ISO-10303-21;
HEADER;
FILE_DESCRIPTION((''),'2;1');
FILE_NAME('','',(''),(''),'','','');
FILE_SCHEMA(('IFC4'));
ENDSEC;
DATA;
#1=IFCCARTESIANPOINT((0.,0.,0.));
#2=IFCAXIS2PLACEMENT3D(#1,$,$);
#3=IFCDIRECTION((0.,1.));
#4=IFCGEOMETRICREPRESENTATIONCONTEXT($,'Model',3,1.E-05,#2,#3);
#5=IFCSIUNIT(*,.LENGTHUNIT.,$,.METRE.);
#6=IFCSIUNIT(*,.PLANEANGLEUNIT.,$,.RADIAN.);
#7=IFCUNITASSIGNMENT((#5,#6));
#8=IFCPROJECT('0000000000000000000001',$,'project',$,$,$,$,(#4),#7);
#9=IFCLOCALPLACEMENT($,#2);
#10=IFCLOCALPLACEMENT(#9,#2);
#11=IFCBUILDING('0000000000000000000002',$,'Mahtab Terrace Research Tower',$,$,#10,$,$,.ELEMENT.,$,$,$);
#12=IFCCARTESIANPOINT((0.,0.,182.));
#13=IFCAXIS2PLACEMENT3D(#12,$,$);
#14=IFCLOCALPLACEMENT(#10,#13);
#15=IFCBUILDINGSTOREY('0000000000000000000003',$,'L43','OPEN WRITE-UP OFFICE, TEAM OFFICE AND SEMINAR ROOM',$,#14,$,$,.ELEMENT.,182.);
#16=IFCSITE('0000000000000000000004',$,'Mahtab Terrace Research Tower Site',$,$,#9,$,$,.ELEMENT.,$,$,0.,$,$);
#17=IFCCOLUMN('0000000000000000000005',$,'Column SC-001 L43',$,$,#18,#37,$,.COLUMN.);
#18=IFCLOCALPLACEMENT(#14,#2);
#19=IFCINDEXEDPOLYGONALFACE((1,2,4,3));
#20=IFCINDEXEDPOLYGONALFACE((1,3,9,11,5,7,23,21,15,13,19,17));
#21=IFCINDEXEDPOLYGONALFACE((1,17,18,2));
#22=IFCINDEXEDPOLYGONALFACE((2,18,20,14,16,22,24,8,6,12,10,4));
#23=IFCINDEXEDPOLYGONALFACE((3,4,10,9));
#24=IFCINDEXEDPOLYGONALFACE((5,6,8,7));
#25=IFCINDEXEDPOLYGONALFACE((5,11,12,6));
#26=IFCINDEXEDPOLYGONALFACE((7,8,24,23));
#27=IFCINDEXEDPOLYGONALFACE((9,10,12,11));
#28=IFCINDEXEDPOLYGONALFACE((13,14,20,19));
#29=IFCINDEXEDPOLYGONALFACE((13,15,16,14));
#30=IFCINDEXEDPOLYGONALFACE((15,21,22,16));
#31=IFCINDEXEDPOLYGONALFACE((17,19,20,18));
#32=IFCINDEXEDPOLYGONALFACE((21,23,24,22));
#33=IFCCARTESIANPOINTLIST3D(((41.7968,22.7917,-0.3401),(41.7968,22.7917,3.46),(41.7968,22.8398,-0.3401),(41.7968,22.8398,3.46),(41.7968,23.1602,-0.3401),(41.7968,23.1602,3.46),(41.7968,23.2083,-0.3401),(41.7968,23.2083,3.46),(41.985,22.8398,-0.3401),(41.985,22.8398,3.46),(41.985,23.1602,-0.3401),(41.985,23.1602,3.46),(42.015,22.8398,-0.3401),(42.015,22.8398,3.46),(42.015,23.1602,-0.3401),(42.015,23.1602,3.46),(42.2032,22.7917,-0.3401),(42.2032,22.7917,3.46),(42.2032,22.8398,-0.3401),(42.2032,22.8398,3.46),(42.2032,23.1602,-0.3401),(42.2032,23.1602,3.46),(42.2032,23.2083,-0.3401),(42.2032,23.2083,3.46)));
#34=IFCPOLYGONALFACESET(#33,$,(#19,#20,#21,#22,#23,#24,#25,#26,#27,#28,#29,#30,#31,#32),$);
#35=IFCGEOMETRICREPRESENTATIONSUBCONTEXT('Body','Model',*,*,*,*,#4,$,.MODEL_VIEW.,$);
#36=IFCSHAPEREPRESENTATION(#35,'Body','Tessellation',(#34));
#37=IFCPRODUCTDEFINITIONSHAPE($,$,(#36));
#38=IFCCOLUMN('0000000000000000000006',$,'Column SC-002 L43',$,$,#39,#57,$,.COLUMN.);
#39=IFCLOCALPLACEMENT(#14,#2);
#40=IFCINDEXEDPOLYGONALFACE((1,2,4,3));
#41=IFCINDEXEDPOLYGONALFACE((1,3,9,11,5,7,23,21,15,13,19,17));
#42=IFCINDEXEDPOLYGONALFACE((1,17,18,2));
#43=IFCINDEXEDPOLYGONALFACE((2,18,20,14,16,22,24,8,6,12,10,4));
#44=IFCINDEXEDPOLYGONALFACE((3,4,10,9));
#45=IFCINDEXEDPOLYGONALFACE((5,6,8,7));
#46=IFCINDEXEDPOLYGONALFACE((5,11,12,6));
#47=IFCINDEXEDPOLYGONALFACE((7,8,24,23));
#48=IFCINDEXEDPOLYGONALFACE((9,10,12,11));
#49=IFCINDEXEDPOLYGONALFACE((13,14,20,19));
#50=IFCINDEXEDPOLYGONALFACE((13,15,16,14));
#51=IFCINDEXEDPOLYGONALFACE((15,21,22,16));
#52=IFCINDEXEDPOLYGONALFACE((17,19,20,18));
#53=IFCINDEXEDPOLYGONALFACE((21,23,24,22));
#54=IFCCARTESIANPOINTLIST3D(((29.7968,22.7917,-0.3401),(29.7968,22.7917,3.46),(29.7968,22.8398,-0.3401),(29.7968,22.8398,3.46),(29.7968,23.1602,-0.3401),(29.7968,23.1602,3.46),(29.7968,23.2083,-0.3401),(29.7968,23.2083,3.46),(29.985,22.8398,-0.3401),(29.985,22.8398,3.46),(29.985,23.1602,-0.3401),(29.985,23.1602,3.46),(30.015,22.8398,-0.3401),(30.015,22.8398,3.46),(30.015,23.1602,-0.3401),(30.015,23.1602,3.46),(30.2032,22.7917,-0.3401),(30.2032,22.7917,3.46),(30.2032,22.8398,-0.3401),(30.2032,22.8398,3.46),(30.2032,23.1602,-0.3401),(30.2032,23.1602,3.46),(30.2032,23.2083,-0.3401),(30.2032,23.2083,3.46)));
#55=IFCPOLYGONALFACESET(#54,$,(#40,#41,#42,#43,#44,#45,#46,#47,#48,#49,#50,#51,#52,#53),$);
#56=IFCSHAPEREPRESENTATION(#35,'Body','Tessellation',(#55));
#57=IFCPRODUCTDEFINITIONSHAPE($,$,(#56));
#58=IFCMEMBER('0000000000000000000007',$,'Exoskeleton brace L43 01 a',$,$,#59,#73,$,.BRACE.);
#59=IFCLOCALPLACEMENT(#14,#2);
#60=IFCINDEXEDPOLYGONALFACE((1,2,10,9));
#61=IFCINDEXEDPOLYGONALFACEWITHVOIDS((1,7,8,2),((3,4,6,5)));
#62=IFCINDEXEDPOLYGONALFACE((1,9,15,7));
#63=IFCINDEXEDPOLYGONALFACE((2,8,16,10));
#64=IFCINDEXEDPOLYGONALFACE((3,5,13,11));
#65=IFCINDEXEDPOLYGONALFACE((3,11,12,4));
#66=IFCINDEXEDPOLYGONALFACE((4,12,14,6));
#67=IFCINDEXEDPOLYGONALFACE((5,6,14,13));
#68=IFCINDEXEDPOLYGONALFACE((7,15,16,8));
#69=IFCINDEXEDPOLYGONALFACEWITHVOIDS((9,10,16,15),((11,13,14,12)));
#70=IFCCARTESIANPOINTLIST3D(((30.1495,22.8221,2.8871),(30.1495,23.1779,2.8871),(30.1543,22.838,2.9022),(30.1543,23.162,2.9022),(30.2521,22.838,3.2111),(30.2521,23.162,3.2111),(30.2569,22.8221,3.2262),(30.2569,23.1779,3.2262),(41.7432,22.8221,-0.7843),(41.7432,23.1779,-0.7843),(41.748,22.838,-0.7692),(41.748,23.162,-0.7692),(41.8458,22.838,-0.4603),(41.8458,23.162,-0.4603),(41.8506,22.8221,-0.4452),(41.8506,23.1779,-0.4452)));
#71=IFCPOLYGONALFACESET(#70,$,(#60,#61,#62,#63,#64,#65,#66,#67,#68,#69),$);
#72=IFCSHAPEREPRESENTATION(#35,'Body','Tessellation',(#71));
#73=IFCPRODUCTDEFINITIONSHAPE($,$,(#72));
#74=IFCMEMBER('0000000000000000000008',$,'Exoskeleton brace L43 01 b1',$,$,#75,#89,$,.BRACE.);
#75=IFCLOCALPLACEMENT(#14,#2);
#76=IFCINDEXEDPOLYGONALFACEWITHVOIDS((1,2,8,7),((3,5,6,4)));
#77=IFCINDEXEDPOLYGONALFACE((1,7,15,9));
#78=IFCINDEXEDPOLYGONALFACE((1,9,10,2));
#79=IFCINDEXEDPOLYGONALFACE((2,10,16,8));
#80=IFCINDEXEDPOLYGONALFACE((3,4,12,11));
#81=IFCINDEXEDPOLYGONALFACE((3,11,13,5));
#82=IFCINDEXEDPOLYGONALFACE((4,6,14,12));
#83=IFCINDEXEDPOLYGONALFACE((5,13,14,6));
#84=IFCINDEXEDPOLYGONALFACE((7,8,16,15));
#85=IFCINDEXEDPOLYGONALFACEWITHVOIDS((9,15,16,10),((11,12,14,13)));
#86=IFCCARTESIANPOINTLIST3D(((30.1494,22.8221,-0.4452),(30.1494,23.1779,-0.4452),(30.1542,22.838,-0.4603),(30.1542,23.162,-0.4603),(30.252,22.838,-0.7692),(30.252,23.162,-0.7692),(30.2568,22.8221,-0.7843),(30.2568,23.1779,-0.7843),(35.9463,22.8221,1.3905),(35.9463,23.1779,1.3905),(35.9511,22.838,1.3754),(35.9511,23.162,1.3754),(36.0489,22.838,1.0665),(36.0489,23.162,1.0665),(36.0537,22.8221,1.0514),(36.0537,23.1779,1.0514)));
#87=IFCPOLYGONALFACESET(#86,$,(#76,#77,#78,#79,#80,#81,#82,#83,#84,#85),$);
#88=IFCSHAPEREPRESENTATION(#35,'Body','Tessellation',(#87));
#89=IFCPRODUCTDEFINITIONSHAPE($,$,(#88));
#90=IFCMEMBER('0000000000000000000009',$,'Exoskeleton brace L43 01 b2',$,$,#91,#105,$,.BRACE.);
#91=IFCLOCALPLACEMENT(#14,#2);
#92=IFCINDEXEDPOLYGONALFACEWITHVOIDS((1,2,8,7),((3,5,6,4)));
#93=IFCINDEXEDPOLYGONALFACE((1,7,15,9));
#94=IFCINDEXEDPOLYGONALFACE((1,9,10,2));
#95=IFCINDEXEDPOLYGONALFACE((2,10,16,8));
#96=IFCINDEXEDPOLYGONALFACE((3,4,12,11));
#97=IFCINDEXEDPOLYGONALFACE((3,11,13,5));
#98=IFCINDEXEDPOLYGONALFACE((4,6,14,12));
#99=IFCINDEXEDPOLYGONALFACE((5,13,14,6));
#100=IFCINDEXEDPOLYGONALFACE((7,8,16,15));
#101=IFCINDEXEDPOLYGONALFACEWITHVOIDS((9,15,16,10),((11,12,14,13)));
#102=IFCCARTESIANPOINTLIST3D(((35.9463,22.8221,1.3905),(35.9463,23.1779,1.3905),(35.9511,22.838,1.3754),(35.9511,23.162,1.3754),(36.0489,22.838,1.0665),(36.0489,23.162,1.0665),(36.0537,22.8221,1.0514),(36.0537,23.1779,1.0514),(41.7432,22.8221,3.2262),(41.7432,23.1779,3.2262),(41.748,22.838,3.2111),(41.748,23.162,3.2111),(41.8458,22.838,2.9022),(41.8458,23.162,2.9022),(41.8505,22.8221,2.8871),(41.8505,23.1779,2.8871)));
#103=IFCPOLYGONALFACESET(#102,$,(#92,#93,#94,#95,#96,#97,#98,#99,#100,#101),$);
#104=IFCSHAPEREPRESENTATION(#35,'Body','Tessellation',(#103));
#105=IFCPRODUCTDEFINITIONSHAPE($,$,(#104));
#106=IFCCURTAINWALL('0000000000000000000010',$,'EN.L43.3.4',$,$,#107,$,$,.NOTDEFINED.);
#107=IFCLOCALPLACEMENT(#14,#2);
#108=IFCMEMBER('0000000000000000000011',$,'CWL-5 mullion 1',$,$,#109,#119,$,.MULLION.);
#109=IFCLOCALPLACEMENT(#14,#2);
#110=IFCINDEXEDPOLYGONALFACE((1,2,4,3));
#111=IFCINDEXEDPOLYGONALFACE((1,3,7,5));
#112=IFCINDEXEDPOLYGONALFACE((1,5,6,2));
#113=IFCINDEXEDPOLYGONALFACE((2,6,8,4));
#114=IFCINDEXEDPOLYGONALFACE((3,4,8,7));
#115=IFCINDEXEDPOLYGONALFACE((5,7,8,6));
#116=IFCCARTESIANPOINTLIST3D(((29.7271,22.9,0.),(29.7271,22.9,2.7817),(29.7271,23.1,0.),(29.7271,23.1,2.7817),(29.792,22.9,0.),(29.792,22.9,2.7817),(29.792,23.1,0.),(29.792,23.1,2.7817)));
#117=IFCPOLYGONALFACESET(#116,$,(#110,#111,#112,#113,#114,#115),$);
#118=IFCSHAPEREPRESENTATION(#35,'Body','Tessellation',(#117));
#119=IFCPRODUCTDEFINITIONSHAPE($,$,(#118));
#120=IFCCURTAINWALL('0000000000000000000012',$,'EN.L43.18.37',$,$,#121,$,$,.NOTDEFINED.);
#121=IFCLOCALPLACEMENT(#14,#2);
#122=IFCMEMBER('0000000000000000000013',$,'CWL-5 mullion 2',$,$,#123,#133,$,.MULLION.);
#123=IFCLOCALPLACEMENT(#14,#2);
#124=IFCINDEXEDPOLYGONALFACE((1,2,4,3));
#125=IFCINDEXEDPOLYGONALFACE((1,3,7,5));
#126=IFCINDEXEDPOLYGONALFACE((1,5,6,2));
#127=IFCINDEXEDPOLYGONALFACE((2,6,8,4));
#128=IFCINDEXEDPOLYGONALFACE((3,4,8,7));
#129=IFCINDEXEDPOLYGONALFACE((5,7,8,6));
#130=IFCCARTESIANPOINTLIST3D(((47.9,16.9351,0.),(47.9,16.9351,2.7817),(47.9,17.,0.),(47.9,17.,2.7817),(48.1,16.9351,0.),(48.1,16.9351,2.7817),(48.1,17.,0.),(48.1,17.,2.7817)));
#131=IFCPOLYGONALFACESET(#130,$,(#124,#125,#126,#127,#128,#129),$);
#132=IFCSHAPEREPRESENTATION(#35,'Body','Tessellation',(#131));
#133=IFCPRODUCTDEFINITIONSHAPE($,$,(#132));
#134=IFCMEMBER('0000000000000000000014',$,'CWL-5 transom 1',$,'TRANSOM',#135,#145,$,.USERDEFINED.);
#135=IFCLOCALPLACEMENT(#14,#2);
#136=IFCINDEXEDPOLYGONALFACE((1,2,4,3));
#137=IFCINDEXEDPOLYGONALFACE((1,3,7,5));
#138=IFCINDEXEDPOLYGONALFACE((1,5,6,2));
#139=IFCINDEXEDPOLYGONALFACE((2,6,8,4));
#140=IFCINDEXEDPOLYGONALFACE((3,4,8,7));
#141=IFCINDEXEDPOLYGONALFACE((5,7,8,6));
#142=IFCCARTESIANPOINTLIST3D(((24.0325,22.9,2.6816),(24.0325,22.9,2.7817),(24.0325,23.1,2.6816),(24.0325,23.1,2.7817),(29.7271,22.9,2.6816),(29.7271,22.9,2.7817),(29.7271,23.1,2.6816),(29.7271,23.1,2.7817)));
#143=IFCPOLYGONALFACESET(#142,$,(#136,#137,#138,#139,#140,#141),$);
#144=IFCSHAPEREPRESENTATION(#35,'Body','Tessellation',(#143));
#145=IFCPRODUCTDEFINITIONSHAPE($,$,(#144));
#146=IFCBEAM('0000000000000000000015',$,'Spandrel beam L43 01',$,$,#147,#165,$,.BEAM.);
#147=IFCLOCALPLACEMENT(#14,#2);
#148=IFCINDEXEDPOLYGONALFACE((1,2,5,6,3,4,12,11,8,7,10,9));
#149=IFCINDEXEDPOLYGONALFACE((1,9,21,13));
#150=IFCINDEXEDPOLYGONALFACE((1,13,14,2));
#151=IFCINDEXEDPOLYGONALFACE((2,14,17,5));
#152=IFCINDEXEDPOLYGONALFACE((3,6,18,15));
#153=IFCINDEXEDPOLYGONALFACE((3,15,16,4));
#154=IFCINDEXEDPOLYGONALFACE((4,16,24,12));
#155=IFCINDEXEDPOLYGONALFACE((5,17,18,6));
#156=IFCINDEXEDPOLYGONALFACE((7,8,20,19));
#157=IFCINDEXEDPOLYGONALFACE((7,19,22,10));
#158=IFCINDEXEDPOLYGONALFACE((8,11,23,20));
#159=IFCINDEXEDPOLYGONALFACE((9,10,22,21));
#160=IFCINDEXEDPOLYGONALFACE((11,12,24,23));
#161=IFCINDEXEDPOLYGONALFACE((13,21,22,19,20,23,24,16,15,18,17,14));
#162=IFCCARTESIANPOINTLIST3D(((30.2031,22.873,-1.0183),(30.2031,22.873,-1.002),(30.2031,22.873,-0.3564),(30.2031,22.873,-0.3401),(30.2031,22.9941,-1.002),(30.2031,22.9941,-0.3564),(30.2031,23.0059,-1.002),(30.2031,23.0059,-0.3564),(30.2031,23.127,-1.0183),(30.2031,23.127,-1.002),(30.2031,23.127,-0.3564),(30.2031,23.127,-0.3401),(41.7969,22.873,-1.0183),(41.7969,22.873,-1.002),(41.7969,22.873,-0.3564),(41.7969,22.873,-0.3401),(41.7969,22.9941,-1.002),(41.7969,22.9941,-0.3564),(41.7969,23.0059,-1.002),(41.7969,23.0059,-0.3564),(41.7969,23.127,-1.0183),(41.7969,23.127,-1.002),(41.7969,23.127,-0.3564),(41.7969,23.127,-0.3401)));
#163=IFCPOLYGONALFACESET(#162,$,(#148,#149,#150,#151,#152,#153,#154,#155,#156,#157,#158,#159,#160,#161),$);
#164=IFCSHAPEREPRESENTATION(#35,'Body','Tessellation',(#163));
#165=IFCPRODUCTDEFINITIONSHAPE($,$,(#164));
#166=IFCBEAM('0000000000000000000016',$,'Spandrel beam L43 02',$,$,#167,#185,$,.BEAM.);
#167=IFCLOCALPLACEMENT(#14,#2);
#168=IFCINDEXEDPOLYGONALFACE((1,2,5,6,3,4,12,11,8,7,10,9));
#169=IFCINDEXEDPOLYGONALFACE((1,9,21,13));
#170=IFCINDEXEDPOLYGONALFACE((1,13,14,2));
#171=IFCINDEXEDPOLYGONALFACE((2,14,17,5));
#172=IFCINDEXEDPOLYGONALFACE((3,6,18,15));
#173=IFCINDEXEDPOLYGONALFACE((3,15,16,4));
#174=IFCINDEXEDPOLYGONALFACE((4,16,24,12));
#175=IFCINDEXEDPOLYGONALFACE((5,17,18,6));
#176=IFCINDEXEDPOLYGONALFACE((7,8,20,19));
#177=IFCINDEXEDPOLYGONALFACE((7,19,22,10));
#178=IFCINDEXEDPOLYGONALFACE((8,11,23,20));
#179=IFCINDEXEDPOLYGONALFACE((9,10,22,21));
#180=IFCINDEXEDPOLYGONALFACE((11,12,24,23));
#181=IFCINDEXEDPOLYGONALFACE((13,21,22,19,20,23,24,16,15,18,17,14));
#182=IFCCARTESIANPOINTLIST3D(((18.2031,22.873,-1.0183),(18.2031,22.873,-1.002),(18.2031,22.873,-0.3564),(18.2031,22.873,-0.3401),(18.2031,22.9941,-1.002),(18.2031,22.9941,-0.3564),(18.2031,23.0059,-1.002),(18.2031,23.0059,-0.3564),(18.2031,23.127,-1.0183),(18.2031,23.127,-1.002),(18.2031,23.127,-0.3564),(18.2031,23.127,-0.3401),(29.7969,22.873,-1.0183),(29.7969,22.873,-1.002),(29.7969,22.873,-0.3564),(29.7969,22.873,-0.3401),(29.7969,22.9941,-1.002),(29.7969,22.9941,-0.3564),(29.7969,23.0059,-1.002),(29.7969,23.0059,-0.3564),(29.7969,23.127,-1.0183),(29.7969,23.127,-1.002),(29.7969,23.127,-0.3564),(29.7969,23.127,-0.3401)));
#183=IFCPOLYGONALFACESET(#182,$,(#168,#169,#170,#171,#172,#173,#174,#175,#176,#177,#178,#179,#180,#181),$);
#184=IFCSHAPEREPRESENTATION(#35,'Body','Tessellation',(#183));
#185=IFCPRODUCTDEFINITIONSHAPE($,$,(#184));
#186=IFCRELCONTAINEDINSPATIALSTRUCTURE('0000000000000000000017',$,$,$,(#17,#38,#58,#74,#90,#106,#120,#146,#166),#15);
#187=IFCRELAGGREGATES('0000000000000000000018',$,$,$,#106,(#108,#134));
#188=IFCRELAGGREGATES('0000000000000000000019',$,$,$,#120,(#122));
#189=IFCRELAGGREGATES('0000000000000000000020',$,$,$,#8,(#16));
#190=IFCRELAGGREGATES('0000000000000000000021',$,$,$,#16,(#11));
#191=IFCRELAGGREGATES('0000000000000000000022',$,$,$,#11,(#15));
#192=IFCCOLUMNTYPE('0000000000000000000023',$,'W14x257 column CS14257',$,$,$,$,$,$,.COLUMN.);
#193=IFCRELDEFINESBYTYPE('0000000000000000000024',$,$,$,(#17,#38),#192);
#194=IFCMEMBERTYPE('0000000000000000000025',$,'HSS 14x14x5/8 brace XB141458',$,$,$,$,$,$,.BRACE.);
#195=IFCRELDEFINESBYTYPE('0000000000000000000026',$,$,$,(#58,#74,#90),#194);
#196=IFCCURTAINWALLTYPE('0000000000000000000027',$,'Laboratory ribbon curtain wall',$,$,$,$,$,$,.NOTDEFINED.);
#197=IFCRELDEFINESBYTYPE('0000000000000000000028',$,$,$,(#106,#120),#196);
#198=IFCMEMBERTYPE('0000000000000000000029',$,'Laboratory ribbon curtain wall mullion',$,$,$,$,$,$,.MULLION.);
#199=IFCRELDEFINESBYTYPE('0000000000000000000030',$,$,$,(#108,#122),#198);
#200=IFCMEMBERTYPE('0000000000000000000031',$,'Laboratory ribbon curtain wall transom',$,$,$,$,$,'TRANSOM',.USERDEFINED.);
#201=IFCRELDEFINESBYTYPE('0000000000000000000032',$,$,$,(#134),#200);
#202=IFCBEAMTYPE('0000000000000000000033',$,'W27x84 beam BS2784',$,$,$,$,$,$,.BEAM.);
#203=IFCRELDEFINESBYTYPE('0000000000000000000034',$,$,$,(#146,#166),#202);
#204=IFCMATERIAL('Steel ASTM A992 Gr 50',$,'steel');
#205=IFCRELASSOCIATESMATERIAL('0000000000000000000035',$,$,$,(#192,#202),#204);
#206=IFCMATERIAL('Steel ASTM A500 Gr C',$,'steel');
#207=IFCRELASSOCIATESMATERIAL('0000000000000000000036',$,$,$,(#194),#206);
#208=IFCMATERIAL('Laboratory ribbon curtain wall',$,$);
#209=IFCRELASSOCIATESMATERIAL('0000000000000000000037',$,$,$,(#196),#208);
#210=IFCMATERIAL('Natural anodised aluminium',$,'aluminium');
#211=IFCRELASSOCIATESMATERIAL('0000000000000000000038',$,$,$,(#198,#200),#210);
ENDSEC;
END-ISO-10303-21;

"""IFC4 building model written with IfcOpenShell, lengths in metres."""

from ifc_helpers import new_model, si_unit, direction, frame, origin, origin_2d, place, context, subcontext, project, spatial, rectangle, hollow_rectangle, i_section, extrude, material, material_profile, profile_set, type_object, element, aggregate, save


model = new_model("IFC4")

# Units and contexts
model_context = context("Model", 3, precision=1e-05, world=origin(), true_north=direction((0.0, 1.0)))
body_context = subcontext(model_context, "Body", "Model", "MODEL_VIEW")
ifc_project = project(units=[si_unit("LENGTHUNIT", "METRE"), si_unit("PLANEANGLEUNIT", "RADIAN")], contexts=[model_context])

# Site, building, storey
site_placement = place(None, origin())
site = spatial("IfcSite", under=ifc_project, at=site_placement, Name="Mahtab Terrace Research Tower Site", CompositionType="ELEMENT", RefElevation=0.0)
building_placement = place(site_placement, origin())
building = spatial("IfcBuilding", under=site, at=building_placement, Name="Mahtab Terrace Research Tower", CompositionType="ELEMENT")
storey_placement = place(building_placement, frame((0.0, 0.0, 182.0)))
storey = spatial("IfcBuildingStorey", under=building, at=storey_placement, Name="L43", Description="OPEN WRITE-UP OFFICE, TEAM OFFICE AND SEMINAR ROOM", CompositionType="ELEMENT", Elevation=182.0)

# Columns
ifc_material_1 = material(Name="Steel ASTM A992 Gr 50", Category="steel")
ifc_material_profile_1 = material_profile(ifc_material_1, i_section(OverallWidth=0.4065, OverallDepth=0.4165, WebThickness=0.03, FlangeThickness=0.0481, at=origin_2d()), Name="W14X257")
ifc_profile_set_1 = profile_set([ifc_material_profile_1], Name="Steel ASTM A992 Gr 50")
column_type = type_object("IfcColumnType", Name="W14x257 column CS14257", PredefinedType="COLUMN", material=ifc_profile_set_1)
for number, where, z_axis, x_axis, name in (
    (1, (42.0, 23.0, -0.3401), (0.0, 0.0, 1.0), (1.0, 0.0, 0.0), "Column SC-001 L43"),
    (2, (30.0, 23.0, -0.3401), (0.0, 0.0, 1.0), (1.0, 0.0, 0.0), "Column SC-002 L43"),
):
    element("IfcColumn", number, at=place(storey_placement, frame(where, z_axis=z_axis, x_axis=x_axis)), inside=storey, type_object=column_type, Name=name, PredefinedType="COLUMN", context=body_context, shape_type="SweptSolid", body=[
        extrude(i_section(OverallWidth=0.4065, OverallDepth=0.4165, WebThickness=0.03, FlangeThickness=0.0481, at=origin_2d()), origin(), (0.0, 0.0, 1.0), 3.8),
    ])

# Members
ifc_material_2 = material(Name="Steel ASTM A500 Gr C", Category="steel")
ifc_material_profile_2 = material_profile(ifc_material_2, hollow_rectangle(XDim=0.3557, YDim=0.3557, WallThickness=0.0159, at=origin_2d()), Name="HSS14X14X5/8")
ifc_profile_set_2 = profile_set([ifc_material_profile_2], Name="Steel ASTM A500 Gr C")
member_type_1 = type_object("IfcMemberType", Name="HSS 14x14x5/8 brace XB141458", PredefinedType="BRACE", material=ifc_profile_set_2)
member_1_placement = place(storey_placement, frame((41.7969, 23.0, -0.6147), z_axis=(-0.953341, 0.0, 0.301894), x_axis=(0.0, -1.0, 0.0)))
element("IfcMember", 3, at=member_1_placement, inside=storey, type_object=member_type_1, Name="Exoskeleton brace L43 01 a", PredefinedType="BRACE", context=body_context, shape_type="SweptSolid", body=[
    extrude(hollow_rectangle(XDim=0.3557, YDim=0.3557, WallThickness=0.0159, at=origin_2d()), origin(), (0.0, 0.0, 1.0), 12.1611),
])
for number, where, z_axis, x_axis, name in (
    (4, (30.2031, 23.0, -0.6147), (0.953341, 0.0, 0.301894), (0.0, 1.0, 0.0), "Exoskeleton brace L43 01 b1"),
    (5, (36.0, 23.0, 1.2209), (0.953341, 0.0, 0.301894), (0.0, 1.0, 0.0), "Exoskeleton brace L43 01 b2"),
):
    element("IfcMember", number, at=place(storey_placement, frame(where, z_axis=z_axis, x_axis=x_axis)), inside=storey, type_object=member_type_1, Name=name, PredefinedType="BRACE", context=body_context, shape_type="SweptSolid", body=[
        extrude(hollow_rectangle(XDim=0.3557, YDim=0.3557, WallThickness=0.0159, at=origin_2d()), origin(), (0.0, 0.0, 1.0), 6.0806),
    ])

# Curtain walls, members
ifc_material_3 = material(Name="Laboratory ribbon curtain wall")
curtain_wall_type = type_object("IfcCurtainWallType", Name="Laboratory ribbon curtain wall", PredefinedType="NOTDEFINED", material=ifc_material_3)
curtain_wall_1_placement = place(storey_placement, origin())
curtain_wall_1 = element("IfcCurtainWall", 6, at=curtain_wall_1_placement, inside=storey, type_object=curtain_wall_type, Name="EN.L43.3.4", PredefinedType="NOTDEFINED")
ifc_material_4 = material(Name="Natural anodised aluminium", Category="aluminium")
ifc_material_profile_3 = material_profile(ifc_material_4, rectangle(XDim=0.2, YDim=0.0649, at=origin_2d()), Name="MULLION 65x200")
ifc_profile_set_3 = profile_set([ifc_material_profile_3], Name="Natural anodised aluminium")
member_type_2 = type_object("IfcMemberType", Name="Laboratory ribbon curtain wall mullion", PredefinedType="MULLION", material=ifc_profile_set_3)
member_2_placement = place(storey_placement, frame((29.7595, 23.0, 0.0), z_axis=(0.0, 0.0, 1.0), x_axis=(0.0, -1.0, 0.0)))
member_2 = element("IfcMember", 7, at=member_2_placement, type_object=member_type_2, Name="CWL-5 mullion 1", PredefinedType="MULLION", context=body_context, shape_type="SweptSolid", body=[
    extrude(rectangle(XDim=0.2, YDim=0.0649, at=origin_2d()), origin(), (0.0, 0.0, 1.0), 2.7817),
])
curtain_wall_2_placement = place(storey_placement, origin())
curtain_wall_2 = element("IfcCurtainWall", 8, at=curtain_wall_2_placement, inside=storey, type_object=curtain_wall_type, Name="EN.L43.18.37", PredefinedType="NOTDEFINED")
member_3_placement = place(storey_placement, frame((48.0, 16.9675, 0.0), z_axis=(0.0, 0.0, 1.0), x_axis=(-1.0, 0.0, 0.0)))
member_3 = element("IfcMember", 9, at=member_3_placement, type_object=member_type_2, Name="CWL-5 mullion 2", PredefinedType="MULLION", context=body_context, shape_type="SweptSolid", body=[
    extrude(rectangle(XDim=0.2, YDim=0.0649, at=origin_2d()), origin(), (0.0, 0.0, 1.0), 2.7817),
])

# Member
ifc_material_profile_4 = material_profile(ifc_material_4, rectangle(XDim=0.2, YDim=0.1001, at=origin_2d()), Name="TRANSOM 100x200")
ifc_profile_set_4 = profile_set([ifc_material_profile_4], Name="Natural anodised aluminium")
member_type_3 = type_object("IfcMemberType", Name="Laboratory ribbon curtain wall transom", ElementType="TRANSOM", PredefinedType="USERDEFINED", material=ifc_profile_set_4)
member_4_placement = place(storey_placement, frame((29.7271, 23.0, 2.7317), z_axis=(-1.0, 0.0, 0.0), x_axis=(0.0, -1.0, 0.0)))
member_4 = element("IfcMember", 10, at=member_4_placement, type_object=member_type_3, Name="CWL-5 transom 1", ObjectType="TRANSOM", PredefinedType="USERDEFINED", context=body_context, shape_type="SweptSolid", body=[
    extrude(rectangle(XDim=0.2, YDim=0.1001, at=origin_2d()), origin(), (0.0, 0.0, 1.0), 5.6946),
])

# Beams
ifc_material_profile_5 = material_profile(ifc_material_1, i_section(OverallWidth=0.2539, OverallDepth=0.6782, WebThickness=0.0117, FlangeThickness=0.0164, at=origin_2d()), Name="W27X84")
ifc_profile_set_5 = profile_set([ifc_material_profile_5], Name="Steel ASTM A992 Gr 50")
beam_type = type_object("IfcBeamType", Name="W27x84 beam BS2784", PredefinedType="BEAM", material=ifc_profile_set_5)
for number, where, z_axis, x_axis, name in (
    (11, (41.7969, 23.0, -0.6792), (-1.0, 0.0, 0.0), (0.0, -1.0, 0.0), "Spandrel beam L43 01"),
    (12, (29.7969, 23.0, -0.6792), (-1.0, 0.0, 0.0), (0.0, -1.0, 0.0), "Spandrel beam L43 02"),
):
    element("IfcBeam", number, at=place(storey_placement, frame(where, z_axis=z_axis, x_axis=x_axis)), inside=storey, type_object=beam_type, Name=name, PredefinedType="BEAM", context=body_context, shape_type="SweptSolid", body=[
        extrude(i_section(OverallWidth=0.2539, OverallDepth=0.6782, WebThickness=0.0117, FlangeThickness=0.0164, at=origin_2d()), origin(), (0.0, 0.0, 1.0), 11.5938),
    ])

aggregate(curtain_wall_1, [member_2, member_4])
aggregate(curtain_wall_2, [member_3])

save(model, "model.ifc")
